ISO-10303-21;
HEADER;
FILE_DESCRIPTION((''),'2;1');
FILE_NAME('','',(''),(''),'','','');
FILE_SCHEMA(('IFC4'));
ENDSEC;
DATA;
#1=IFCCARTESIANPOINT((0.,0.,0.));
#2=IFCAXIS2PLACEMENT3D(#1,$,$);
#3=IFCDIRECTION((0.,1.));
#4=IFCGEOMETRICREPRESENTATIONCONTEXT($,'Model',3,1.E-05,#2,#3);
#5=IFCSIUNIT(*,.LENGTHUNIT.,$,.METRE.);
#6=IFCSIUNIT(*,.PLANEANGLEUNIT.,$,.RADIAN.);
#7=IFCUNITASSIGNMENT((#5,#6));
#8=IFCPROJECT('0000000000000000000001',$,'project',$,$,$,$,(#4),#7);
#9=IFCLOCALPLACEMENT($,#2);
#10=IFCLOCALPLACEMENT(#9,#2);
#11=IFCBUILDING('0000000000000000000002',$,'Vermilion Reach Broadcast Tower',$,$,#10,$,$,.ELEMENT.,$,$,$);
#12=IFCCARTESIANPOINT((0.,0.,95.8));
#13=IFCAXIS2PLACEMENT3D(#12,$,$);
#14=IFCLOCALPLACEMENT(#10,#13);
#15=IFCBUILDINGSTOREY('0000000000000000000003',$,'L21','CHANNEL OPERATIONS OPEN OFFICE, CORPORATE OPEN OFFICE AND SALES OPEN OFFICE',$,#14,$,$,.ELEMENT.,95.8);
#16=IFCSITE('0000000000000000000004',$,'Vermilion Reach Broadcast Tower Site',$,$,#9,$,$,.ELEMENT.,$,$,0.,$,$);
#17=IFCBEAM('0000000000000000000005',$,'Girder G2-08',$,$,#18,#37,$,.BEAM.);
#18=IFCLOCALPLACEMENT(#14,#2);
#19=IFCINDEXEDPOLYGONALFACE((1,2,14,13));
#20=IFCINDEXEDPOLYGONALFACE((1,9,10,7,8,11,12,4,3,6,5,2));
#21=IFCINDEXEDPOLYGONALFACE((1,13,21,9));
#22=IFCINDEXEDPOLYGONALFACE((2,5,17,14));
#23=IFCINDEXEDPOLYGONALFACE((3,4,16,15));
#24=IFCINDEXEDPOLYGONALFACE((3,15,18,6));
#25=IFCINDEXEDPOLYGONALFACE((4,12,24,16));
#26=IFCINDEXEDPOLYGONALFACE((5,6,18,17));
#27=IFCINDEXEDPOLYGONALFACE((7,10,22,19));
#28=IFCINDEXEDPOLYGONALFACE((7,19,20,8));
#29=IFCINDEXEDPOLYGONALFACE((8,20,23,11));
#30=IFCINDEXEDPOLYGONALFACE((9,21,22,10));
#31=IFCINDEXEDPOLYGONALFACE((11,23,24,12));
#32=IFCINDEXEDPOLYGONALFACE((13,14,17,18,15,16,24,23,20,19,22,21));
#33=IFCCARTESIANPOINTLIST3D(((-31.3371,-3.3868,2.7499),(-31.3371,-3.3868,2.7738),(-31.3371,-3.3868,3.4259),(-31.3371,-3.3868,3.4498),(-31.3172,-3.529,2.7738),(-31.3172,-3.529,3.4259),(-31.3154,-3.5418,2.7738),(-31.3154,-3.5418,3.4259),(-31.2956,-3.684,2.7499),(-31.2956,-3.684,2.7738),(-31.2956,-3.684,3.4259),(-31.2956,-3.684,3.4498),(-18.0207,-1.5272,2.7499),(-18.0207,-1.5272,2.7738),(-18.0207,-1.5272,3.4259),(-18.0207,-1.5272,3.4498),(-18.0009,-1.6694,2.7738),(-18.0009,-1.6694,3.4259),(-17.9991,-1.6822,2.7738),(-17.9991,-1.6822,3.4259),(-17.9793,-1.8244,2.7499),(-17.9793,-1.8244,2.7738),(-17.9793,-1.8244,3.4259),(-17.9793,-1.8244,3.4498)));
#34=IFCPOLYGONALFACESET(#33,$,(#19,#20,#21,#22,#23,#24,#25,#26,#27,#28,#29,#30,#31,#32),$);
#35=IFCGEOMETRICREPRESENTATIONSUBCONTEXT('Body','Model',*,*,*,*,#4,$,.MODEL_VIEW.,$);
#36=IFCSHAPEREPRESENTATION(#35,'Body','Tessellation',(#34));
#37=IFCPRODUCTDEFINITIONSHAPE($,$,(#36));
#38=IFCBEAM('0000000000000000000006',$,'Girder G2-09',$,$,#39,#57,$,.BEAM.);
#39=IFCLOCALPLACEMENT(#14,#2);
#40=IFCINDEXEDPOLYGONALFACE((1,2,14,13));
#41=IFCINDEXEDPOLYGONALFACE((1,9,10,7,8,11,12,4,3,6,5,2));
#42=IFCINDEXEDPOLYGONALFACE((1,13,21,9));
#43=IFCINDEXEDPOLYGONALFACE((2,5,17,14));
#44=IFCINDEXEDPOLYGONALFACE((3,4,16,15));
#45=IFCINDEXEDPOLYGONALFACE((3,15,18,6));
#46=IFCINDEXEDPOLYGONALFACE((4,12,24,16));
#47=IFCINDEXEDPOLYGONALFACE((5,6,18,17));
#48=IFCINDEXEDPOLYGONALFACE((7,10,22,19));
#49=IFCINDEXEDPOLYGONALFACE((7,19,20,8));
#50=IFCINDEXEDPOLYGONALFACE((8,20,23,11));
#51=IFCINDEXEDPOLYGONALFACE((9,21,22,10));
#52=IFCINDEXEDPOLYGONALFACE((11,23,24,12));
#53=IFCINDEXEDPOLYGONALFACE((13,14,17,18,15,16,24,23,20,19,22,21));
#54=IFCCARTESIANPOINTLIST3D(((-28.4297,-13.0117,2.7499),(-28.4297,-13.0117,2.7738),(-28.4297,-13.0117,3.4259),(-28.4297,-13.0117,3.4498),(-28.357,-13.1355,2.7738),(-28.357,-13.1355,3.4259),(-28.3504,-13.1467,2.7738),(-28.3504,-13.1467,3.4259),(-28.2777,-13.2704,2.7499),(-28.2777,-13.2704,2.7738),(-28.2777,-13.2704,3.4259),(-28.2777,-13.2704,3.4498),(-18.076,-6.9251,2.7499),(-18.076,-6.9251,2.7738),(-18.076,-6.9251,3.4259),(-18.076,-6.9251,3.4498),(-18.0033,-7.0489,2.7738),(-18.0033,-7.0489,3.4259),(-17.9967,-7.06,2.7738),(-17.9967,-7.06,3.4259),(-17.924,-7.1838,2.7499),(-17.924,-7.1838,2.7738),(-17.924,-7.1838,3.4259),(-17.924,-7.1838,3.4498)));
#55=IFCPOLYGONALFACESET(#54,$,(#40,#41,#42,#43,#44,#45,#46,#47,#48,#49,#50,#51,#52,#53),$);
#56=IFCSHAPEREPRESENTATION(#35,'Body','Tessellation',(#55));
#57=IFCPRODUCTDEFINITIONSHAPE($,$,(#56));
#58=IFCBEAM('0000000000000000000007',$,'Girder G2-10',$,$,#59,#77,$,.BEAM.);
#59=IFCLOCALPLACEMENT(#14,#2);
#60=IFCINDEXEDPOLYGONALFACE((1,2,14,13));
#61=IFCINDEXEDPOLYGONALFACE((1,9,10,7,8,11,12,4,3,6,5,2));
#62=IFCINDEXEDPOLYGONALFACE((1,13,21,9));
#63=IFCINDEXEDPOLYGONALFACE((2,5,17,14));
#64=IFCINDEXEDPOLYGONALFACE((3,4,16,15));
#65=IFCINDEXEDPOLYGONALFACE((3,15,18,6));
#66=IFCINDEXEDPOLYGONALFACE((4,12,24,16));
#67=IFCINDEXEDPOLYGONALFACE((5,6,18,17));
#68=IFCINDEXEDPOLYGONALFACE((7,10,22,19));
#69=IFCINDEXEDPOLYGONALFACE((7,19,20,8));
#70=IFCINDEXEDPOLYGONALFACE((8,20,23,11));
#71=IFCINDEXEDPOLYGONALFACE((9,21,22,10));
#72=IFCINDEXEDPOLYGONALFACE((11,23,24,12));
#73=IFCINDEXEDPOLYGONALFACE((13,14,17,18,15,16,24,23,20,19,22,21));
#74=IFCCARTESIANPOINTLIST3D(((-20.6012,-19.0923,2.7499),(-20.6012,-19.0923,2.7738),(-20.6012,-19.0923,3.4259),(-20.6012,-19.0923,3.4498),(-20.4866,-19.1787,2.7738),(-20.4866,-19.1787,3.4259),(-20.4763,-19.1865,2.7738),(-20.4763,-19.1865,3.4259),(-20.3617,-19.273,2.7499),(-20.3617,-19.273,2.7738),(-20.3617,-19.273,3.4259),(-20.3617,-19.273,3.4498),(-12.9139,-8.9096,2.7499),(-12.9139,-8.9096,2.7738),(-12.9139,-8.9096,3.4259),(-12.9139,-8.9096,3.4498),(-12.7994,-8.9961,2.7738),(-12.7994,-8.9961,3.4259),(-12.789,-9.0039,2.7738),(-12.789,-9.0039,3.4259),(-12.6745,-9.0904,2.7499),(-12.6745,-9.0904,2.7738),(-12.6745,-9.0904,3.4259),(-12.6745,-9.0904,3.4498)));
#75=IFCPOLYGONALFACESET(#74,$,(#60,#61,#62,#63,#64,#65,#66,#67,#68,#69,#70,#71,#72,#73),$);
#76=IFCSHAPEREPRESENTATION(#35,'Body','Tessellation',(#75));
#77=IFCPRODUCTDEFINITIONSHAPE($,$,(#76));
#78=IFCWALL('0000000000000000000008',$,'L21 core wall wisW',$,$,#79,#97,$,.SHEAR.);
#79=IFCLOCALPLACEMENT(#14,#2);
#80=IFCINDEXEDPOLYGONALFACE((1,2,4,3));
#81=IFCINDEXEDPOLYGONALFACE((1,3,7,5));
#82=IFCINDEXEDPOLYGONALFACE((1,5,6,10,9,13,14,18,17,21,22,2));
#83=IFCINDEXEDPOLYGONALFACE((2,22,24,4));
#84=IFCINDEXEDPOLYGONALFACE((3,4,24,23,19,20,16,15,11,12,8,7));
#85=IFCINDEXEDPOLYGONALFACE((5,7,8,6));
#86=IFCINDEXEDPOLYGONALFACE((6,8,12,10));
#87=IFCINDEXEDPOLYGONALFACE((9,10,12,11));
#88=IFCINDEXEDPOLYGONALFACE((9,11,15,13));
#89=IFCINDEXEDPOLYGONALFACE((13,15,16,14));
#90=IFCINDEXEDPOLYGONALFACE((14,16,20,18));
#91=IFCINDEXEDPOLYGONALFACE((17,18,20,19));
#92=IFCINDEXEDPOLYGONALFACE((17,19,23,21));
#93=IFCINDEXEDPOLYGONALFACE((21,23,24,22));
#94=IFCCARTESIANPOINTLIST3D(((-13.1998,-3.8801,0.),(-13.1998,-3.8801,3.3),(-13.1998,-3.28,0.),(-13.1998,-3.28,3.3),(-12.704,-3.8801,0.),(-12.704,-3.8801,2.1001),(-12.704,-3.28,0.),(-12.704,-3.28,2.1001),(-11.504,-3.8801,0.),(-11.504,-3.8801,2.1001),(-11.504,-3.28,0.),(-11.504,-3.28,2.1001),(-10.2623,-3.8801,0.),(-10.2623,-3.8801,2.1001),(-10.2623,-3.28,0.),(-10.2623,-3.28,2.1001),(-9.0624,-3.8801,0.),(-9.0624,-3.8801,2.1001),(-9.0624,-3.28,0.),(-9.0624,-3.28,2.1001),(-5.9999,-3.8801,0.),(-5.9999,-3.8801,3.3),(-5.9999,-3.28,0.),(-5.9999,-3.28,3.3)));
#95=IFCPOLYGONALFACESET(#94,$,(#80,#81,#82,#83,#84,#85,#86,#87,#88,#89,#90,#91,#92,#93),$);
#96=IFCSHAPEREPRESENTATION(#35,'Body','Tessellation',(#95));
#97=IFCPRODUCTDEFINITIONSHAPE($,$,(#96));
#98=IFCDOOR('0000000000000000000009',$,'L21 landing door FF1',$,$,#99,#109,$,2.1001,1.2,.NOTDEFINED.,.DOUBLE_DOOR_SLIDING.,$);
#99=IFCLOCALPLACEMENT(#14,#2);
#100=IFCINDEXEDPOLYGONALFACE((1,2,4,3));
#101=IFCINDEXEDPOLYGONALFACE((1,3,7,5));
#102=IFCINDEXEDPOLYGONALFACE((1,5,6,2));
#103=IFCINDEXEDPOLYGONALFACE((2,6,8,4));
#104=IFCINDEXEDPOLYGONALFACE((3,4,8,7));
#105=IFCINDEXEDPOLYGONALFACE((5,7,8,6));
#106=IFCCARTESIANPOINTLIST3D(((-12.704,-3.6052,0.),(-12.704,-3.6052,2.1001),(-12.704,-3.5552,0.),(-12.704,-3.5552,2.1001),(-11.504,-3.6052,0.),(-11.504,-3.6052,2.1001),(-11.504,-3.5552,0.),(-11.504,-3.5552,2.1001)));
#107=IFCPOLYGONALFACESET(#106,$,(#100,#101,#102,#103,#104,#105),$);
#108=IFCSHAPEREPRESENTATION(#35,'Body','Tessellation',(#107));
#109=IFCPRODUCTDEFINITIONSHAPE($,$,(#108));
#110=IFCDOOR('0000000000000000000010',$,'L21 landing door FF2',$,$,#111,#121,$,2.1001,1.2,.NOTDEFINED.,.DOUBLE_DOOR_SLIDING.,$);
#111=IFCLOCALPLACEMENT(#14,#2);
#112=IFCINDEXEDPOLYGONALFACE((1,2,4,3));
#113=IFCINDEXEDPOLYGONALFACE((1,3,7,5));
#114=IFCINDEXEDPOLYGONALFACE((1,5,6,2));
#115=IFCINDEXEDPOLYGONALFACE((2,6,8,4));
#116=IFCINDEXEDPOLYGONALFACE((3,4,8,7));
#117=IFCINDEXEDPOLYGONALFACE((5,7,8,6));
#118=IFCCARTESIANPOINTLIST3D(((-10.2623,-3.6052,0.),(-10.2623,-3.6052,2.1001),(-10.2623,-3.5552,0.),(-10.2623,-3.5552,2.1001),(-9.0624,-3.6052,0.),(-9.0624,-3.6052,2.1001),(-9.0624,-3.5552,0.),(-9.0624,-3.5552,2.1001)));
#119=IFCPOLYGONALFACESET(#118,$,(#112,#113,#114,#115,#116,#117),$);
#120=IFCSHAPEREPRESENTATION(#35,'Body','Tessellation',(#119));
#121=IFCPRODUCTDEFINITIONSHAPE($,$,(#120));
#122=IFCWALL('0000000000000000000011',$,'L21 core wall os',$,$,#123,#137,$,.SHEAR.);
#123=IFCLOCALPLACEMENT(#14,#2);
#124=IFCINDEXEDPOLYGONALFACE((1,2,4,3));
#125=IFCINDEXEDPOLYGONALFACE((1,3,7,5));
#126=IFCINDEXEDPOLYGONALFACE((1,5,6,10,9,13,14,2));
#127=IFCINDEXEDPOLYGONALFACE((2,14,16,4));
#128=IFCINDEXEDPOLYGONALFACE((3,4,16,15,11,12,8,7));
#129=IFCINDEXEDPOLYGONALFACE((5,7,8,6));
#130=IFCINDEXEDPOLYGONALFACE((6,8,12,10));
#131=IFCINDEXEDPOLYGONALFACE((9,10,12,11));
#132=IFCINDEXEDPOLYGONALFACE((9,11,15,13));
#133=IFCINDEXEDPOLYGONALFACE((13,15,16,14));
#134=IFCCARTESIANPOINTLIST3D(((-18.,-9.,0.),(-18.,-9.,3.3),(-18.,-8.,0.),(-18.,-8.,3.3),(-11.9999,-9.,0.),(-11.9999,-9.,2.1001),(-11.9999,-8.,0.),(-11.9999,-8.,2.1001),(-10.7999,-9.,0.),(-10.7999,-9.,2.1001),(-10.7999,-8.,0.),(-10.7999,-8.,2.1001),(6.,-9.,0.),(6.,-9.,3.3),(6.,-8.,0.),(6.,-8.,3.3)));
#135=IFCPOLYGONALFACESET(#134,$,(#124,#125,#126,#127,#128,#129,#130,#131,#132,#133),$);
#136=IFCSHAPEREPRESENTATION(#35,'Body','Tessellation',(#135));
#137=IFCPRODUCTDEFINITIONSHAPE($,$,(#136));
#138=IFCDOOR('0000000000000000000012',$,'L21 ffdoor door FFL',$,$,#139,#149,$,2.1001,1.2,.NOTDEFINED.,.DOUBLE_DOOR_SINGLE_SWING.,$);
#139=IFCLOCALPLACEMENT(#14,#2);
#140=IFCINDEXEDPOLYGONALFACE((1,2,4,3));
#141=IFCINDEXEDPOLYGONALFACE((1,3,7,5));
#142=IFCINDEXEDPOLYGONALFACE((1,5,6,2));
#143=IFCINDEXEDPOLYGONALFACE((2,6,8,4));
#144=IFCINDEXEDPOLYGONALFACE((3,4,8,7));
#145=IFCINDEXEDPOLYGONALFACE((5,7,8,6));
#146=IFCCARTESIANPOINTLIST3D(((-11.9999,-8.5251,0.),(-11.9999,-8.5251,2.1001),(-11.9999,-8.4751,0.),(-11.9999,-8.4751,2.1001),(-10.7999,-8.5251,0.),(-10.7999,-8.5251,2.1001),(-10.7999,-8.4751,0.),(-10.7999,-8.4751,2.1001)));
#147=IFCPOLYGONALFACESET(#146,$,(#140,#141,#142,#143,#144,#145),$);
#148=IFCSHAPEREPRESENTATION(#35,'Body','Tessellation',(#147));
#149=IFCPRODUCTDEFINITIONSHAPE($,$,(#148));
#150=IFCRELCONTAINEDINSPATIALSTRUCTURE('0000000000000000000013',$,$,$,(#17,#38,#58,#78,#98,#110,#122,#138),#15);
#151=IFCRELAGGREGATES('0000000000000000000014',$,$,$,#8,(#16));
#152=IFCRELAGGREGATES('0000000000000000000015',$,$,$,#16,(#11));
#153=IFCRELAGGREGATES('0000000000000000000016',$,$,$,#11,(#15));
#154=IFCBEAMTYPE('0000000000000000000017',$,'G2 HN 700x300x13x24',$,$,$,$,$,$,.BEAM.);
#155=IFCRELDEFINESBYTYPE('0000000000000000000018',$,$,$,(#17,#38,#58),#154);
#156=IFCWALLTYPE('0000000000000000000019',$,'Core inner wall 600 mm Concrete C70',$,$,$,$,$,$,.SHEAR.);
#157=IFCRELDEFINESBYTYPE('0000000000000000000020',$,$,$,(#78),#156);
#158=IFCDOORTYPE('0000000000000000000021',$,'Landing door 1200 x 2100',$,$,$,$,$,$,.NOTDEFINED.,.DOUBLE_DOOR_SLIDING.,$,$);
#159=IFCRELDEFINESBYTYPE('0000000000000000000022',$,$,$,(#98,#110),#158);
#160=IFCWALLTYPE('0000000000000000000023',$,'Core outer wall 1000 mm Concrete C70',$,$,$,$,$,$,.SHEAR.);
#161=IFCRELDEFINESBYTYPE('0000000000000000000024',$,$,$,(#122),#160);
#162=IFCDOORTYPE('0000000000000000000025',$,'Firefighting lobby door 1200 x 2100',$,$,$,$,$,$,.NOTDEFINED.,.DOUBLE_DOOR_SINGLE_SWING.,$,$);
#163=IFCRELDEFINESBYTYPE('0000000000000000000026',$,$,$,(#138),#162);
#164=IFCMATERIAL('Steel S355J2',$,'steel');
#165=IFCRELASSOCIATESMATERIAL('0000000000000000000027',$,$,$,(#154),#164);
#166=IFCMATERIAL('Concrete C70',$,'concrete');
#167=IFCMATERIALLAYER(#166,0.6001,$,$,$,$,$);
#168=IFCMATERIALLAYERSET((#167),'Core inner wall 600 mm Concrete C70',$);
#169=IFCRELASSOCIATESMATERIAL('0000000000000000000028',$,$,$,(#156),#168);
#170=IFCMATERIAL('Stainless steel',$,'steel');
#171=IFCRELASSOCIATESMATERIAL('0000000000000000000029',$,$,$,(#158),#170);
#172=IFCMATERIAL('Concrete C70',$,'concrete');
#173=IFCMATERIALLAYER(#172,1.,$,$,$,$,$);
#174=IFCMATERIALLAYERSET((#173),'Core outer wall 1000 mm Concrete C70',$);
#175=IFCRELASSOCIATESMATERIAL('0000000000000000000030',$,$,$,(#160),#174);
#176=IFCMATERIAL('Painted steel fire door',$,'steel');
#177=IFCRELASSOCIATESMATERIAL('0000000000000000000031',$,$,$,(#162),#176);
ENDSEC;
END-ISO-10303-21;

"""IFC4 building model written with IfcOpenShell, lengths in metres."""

from ifc_helpers import new_model, si_unit, direction, frame, frame_2d, origin, origin_2d, place, context, subcontext, project, spatial, rectangle, i_section, extrude, material, layer, layer_set, material_profile, profile_set, type_object, element, fill, save


model = new_model("IFC4")

# Units and contexts
model_context = context("Model", 3, precision=1e-05, world=origin(), true_north=direction((0.0, 1.0)))
body_context = subcontext(model_context, "Body", "Model", "MODEL_VIEW")
ifc_project = project(units=[si_unit("LENGTHUNIT", "METRE"), si_unit("PLANEANGLEUNIT", "RADIAN")], contexts=[model_context])

# Site, building, storey
site_placement = place(None, origin())
site = spatial("IfcSite", under=ifc_project, at=site_placement, Name="Vermilion Reach Broadcast Tower Site", CompositionType="ELEMENT", RefElevation=0.0)
building_placement = place(site_placement, origin())
building = spatial("IfcBuilding", under=site, at=building_placement, Name="Vermilion Reach Broadcast Tower", CompositionType="ELEMENT")
storey_placement = place(building_placement, frame((0.0, 0.0, 95.8)))
storey = spatial("IfcBuildingStorey", under=building, at=storey_placement, Name="L21", Description="CHANNEL OPERATIONS OPEN OFFICE, CORPORATE OPEN OFFICE AND SALES OPEN OFFICE", CompositionType="ELEMENT", Elevation=95.8)

# Beams
ifc_material_1 = material(Name="Steel S355J2", Category="steel")
ifc_material_profile = material_profile(ifc_material_1, i_section(OverallWidth=0.3, OverallDepth=0.7, WebThickness=0.0129, FlangeThickness=0.0239, at=origin_2d()), Name="S355J2 HN 700x300x13x24")
ifc_profile_set = profile_set([ifc_material_profile], Name="Steel S355J2")
beam_type = type_object("IfcBeamType", Name="G2 HN 700x300x13x24", PredefinedType="BEAM", material=ifc_profile_set)
beam_1_placement = place(storey_placement, frame((-18.0, -1.6758, 3.0999), z_axis=(-0.990389, -0.138307, 0.0), x_axis=(0.138307, -0.990389, 0.0)))
element("IfcBeam", 1, at=beam_1_placement, inside=storey, type_object=beam_type, Name="Girder G2-08", PredefinedType="BEAM", context=body_context, shape_type="SweptSolid", body=[
    extrude(i_section(OverallWidth=0.3, OverallDepth=0.7, WebThickness=0.0129, FlangeThickness=0.0239, at=origin_2d()), origin(), (0.0, 0.0, 1.0), 13.4456),
])
beam_2_placement = place(storey_placement, frame((-18.0, -7.0544, 3.0999), z_axis=(-0.862072, -0.506786, 0.0), x_axis=(0.506786, -0.862072, 0.0)))
element("IfcBeam", 2, at=beam_2_placement, inside=storey, type_object=beam_type, Name="Girder G2-09", PredefinedType="BEAM", context=body_context, shape_type="SweptSolid", body=[
    extrude(i_section(OverallWidth=0.3, OverallDepth=0.7, WebThickness=0.0129, FlangeThickness=0.0239, at=origin_2d()), origin(), (0.0, 0.0, 1.0), 12.0103),
])
beam_3_placement = place(storey_placement, frame((-12.7942, -9.0, 3.0999), z_axis=(-0.60252, -0.798104, 0.0), x_axis=(0.798104, -0.60252, 0.0)))
element("IfcBeam", 3, at=beam_3_placement, inside=storey, type_object=beam_type, Name="Girder G2-10", PredefinedType="BEAM", context=body_context, shape_type="SweptSolid", body=[
    extrude(i_section(OverallWidth=0.3, OverallDepth=0.7, WebThickness=0.0129, FlangeThickness=0.0239, at=origin_2d()), origin(), (0.0, 0.0, 1.0), 12.7585),
])

# Wall, openings, doors
ifc_material_2 = material(Name="Concrete C70", Category="concrete")
ifc_layer_1 = layer(ifc_material_2, 0.6001)
ifc_layer_set_1 = layer_set([ifc_layer_1], Name="Core inner wall 600 mm Concrete C70")
wall_type_1 = type_object("IfcWallType", Name="Core inner wall 600 mm Concrete C70", PredefinedType="SHEAR", material=ifc_layer_set_1)
wall_1_placement = place(storey_placement, frame((-13.2, -3.5801, 0.0), z_axis=(0.0, 0.0, 1.0), x_axis=(1.0, 0.0, 0.0)))
wall_1 = element("IfcWall", 4, at=wall_1_placement, inside=storey, type_object=wall_type_1, Name="L21 core wall wisW", PredefinedType="SHEAR", context=body_context, shape_type="SweptSolid", body=[
    extrude(rectangle(XDim=7.2, YDim=0.6001, at=frame_2d((3.6001, 0.0))), origin(), (0.0, 0.0, 1.0), 3.3),
])
opening_1_placement = place(wall_1_placement, frame((0.4958, 0.0, 0.0)))
opening_1 = element("IfcOpeningElement", 5, at=opening_1_placement, cuts=wall_1, PredefinedType="OPENING", context=body_context, shape_type="SweptSolid", body=[
    extrude(rectangle(XDim=1.2, YDim=2.1001, at=frame_2d((0.6001, 1.05))), frame((0.0, 0.3101, 0.0), z_axis=(0.0, -1.0, 0.0), x_axis=(1.0, 0.0, 0.0)), (0.0, 0.0, 1.0), 0.6201),
])
opening_2_placement = place(wall_1_placement, frame((2.9375, 0.0, 0.0)))
opening_2 = element("IfcOpeningElement", 6, at=opening_2_placement, cuts=wall_1, PredefinedType="OPENING", context=body_context, shape_type="SweptSolid", body=[
    extrude(rectangle(XDim=1.2, YDim=2.1001, at=frame_2d((0.6001, 1.05))), frame((0.0, 0.3101, 0.0), z_axis=(0.0, -1.0, 0.0), x_axis=(1.0, 0.0, 0.0)), (0.0, 0.0, 1.0), 0.6201),
])
ifc_material_3 = material(Name="Stainless steel", Category="steel")
door_type_1 = type_object("IfcDoorType", Name="Landing door 1200 x 2100", OperationType="DOUBLE_DOOR_SLIDING", PredefinedType="NOTDEFINED", material=ifc_material_3)
door_1_placement = place(opening_1_placement, origin())
door_1 = element("IfcDoor", 7, at=door_1_placement, inside=storey, type_object=door_type_1, Name="L21 landing door FF1", OperationType="DOUBLE_DOOR_SLIDING", OverallHeight=2.1001, OverallWidth=1.2, PredefinedType="NOTDEFINED", context=body_context, shape_type="SweptSolid", body=[
    extrude(rectangle(XDim=1.2, YDim=2.1001, at=frame_2d((0.6001, 1.05))), frame((0.0, 0.0249, 0.0), z_axis=(0.0, -1.0, 0.0), x_axis=(1.0, 0.0, 0.0)), (0.0, 0.0, 1.0), 0.05),
])
fill(opening_1, door_1)
door_2_placement = place(opening_2_placement, origin())
door_2 = element("IfcDoor", 8, at=door_2_placement, inside=storey, type_object=door_type_1, Name="L21 landing door FF2", OperationType="DOUBLE_DOOR_SLIDING", OverallHeight=2.1001, OverallWidth=1.2, PredefinedType="NOTDEFINED", context=body_context, shape_type="SweptSolid", body=[
    extrude(rectangle(XDim=1.2, YDim=2.1001, at=frame_2d((0.6001, 1.05))), frame((0.0, 0.0249, 0.0), z_axis=(0.0, -1.0, 0.0), x_axis=(1.0, 0.0, 0.0)), (0.0, 0.0, 1.0), 0.05),
])
fill(opening_2, door_2)

# Wall, opening, door
ifc_material_4 = material(Name="Concrete C70", Category="concrete")
ifc_layer_2 = layer(ifc_material_4, 1.0)
ifc_layer_set_2 = layer_set([ifc_layer_2], Name="Core outer wall 1000 mm Concrete C70")
wall_type_2 = type_object("IfcWallType", Name="Core outer wall 1000 mm Concrete C70", PredefinedType="SHEAR", material=ifc_layer_set_2)
wall_2_placement = place(storey_placement, frame((-18.0, -8.5, 0.0), z_axis=(0.0, 0.0, 1.0), x_axis=(1.0, 0.0, 0.0)))
wall_2 = element("IfcWall", 9, at=wall_2_placement, inside=storey, type_object=wall_type_2, Name="L21 core wall os", PredefinedType="SHEAR", context=body_context, shape_type="SweptSolid", body=[
    extrude(rectangle(XDim=24.0, YDim=1.0, at=frame_2d((12.0, 0.0))), origin(), (0.0, 0.0, 1.0), 3.3),
])
opening_3_placement = place(wall_2_placement, frame((6.0, 0.0, 0.0)))
opening_3 = element("IfcOpeningElement", 10, at=opening_3_placement, cuts=wall_2, PredefinedType="OPENING", context=body_context, shape_type="SweptSolid", body=[
    extrude(rectangle(XDim=1.2, YDim=2.1001, at=frame_2d((0.6001, 1.05))), frame((0.0, 0.51, 0.0), z_axis=(0.0, -1.0, 0.0), x_axis=(1.0, 0.0, 0.0)), (0.0, 0.0, 1.0), 1.02),
])
ifc_material_5 = material(Name="Painted steel fire door", Category="steel")
door_type_2 = type_object("IfcDoorType", Name="Firefighting lobby door 1200 x 2100", OperationType="DOUBLE_DOOR_SINGLE_SWING", PredefinedType="NOTDEFINED", material=ifc_material_5)
door_3_placement = place(opening_3_placement, origin())
door_3 = element("IfcDoor", 11, at=door_3_placement, inside=storey, type_object=door_type_2, Name="L21 ffdoor door FFL", OperationType="DOUBLE_DOOR_SINGLE_SWING", OverallHeight=2.1001, OverallWidth=1.2, PredefinedType="NOTDEFINED", context=body_context, shape_type="SweptSolid", body=[
    extrude(rectangle(XDim=1.2, YDim=2.1001, at=frame_2d((0.6001, 1.05))), frame((0.0, 0.0249, 0.0), z_axis=(0.0, -1.0, 0.0), x_axis=(1.0, 0.0, 0.0)), (0.0, 0.0, 1.0), 0.05),
])
fill(opening_3, door_3)

save(model, "model.ifc")
